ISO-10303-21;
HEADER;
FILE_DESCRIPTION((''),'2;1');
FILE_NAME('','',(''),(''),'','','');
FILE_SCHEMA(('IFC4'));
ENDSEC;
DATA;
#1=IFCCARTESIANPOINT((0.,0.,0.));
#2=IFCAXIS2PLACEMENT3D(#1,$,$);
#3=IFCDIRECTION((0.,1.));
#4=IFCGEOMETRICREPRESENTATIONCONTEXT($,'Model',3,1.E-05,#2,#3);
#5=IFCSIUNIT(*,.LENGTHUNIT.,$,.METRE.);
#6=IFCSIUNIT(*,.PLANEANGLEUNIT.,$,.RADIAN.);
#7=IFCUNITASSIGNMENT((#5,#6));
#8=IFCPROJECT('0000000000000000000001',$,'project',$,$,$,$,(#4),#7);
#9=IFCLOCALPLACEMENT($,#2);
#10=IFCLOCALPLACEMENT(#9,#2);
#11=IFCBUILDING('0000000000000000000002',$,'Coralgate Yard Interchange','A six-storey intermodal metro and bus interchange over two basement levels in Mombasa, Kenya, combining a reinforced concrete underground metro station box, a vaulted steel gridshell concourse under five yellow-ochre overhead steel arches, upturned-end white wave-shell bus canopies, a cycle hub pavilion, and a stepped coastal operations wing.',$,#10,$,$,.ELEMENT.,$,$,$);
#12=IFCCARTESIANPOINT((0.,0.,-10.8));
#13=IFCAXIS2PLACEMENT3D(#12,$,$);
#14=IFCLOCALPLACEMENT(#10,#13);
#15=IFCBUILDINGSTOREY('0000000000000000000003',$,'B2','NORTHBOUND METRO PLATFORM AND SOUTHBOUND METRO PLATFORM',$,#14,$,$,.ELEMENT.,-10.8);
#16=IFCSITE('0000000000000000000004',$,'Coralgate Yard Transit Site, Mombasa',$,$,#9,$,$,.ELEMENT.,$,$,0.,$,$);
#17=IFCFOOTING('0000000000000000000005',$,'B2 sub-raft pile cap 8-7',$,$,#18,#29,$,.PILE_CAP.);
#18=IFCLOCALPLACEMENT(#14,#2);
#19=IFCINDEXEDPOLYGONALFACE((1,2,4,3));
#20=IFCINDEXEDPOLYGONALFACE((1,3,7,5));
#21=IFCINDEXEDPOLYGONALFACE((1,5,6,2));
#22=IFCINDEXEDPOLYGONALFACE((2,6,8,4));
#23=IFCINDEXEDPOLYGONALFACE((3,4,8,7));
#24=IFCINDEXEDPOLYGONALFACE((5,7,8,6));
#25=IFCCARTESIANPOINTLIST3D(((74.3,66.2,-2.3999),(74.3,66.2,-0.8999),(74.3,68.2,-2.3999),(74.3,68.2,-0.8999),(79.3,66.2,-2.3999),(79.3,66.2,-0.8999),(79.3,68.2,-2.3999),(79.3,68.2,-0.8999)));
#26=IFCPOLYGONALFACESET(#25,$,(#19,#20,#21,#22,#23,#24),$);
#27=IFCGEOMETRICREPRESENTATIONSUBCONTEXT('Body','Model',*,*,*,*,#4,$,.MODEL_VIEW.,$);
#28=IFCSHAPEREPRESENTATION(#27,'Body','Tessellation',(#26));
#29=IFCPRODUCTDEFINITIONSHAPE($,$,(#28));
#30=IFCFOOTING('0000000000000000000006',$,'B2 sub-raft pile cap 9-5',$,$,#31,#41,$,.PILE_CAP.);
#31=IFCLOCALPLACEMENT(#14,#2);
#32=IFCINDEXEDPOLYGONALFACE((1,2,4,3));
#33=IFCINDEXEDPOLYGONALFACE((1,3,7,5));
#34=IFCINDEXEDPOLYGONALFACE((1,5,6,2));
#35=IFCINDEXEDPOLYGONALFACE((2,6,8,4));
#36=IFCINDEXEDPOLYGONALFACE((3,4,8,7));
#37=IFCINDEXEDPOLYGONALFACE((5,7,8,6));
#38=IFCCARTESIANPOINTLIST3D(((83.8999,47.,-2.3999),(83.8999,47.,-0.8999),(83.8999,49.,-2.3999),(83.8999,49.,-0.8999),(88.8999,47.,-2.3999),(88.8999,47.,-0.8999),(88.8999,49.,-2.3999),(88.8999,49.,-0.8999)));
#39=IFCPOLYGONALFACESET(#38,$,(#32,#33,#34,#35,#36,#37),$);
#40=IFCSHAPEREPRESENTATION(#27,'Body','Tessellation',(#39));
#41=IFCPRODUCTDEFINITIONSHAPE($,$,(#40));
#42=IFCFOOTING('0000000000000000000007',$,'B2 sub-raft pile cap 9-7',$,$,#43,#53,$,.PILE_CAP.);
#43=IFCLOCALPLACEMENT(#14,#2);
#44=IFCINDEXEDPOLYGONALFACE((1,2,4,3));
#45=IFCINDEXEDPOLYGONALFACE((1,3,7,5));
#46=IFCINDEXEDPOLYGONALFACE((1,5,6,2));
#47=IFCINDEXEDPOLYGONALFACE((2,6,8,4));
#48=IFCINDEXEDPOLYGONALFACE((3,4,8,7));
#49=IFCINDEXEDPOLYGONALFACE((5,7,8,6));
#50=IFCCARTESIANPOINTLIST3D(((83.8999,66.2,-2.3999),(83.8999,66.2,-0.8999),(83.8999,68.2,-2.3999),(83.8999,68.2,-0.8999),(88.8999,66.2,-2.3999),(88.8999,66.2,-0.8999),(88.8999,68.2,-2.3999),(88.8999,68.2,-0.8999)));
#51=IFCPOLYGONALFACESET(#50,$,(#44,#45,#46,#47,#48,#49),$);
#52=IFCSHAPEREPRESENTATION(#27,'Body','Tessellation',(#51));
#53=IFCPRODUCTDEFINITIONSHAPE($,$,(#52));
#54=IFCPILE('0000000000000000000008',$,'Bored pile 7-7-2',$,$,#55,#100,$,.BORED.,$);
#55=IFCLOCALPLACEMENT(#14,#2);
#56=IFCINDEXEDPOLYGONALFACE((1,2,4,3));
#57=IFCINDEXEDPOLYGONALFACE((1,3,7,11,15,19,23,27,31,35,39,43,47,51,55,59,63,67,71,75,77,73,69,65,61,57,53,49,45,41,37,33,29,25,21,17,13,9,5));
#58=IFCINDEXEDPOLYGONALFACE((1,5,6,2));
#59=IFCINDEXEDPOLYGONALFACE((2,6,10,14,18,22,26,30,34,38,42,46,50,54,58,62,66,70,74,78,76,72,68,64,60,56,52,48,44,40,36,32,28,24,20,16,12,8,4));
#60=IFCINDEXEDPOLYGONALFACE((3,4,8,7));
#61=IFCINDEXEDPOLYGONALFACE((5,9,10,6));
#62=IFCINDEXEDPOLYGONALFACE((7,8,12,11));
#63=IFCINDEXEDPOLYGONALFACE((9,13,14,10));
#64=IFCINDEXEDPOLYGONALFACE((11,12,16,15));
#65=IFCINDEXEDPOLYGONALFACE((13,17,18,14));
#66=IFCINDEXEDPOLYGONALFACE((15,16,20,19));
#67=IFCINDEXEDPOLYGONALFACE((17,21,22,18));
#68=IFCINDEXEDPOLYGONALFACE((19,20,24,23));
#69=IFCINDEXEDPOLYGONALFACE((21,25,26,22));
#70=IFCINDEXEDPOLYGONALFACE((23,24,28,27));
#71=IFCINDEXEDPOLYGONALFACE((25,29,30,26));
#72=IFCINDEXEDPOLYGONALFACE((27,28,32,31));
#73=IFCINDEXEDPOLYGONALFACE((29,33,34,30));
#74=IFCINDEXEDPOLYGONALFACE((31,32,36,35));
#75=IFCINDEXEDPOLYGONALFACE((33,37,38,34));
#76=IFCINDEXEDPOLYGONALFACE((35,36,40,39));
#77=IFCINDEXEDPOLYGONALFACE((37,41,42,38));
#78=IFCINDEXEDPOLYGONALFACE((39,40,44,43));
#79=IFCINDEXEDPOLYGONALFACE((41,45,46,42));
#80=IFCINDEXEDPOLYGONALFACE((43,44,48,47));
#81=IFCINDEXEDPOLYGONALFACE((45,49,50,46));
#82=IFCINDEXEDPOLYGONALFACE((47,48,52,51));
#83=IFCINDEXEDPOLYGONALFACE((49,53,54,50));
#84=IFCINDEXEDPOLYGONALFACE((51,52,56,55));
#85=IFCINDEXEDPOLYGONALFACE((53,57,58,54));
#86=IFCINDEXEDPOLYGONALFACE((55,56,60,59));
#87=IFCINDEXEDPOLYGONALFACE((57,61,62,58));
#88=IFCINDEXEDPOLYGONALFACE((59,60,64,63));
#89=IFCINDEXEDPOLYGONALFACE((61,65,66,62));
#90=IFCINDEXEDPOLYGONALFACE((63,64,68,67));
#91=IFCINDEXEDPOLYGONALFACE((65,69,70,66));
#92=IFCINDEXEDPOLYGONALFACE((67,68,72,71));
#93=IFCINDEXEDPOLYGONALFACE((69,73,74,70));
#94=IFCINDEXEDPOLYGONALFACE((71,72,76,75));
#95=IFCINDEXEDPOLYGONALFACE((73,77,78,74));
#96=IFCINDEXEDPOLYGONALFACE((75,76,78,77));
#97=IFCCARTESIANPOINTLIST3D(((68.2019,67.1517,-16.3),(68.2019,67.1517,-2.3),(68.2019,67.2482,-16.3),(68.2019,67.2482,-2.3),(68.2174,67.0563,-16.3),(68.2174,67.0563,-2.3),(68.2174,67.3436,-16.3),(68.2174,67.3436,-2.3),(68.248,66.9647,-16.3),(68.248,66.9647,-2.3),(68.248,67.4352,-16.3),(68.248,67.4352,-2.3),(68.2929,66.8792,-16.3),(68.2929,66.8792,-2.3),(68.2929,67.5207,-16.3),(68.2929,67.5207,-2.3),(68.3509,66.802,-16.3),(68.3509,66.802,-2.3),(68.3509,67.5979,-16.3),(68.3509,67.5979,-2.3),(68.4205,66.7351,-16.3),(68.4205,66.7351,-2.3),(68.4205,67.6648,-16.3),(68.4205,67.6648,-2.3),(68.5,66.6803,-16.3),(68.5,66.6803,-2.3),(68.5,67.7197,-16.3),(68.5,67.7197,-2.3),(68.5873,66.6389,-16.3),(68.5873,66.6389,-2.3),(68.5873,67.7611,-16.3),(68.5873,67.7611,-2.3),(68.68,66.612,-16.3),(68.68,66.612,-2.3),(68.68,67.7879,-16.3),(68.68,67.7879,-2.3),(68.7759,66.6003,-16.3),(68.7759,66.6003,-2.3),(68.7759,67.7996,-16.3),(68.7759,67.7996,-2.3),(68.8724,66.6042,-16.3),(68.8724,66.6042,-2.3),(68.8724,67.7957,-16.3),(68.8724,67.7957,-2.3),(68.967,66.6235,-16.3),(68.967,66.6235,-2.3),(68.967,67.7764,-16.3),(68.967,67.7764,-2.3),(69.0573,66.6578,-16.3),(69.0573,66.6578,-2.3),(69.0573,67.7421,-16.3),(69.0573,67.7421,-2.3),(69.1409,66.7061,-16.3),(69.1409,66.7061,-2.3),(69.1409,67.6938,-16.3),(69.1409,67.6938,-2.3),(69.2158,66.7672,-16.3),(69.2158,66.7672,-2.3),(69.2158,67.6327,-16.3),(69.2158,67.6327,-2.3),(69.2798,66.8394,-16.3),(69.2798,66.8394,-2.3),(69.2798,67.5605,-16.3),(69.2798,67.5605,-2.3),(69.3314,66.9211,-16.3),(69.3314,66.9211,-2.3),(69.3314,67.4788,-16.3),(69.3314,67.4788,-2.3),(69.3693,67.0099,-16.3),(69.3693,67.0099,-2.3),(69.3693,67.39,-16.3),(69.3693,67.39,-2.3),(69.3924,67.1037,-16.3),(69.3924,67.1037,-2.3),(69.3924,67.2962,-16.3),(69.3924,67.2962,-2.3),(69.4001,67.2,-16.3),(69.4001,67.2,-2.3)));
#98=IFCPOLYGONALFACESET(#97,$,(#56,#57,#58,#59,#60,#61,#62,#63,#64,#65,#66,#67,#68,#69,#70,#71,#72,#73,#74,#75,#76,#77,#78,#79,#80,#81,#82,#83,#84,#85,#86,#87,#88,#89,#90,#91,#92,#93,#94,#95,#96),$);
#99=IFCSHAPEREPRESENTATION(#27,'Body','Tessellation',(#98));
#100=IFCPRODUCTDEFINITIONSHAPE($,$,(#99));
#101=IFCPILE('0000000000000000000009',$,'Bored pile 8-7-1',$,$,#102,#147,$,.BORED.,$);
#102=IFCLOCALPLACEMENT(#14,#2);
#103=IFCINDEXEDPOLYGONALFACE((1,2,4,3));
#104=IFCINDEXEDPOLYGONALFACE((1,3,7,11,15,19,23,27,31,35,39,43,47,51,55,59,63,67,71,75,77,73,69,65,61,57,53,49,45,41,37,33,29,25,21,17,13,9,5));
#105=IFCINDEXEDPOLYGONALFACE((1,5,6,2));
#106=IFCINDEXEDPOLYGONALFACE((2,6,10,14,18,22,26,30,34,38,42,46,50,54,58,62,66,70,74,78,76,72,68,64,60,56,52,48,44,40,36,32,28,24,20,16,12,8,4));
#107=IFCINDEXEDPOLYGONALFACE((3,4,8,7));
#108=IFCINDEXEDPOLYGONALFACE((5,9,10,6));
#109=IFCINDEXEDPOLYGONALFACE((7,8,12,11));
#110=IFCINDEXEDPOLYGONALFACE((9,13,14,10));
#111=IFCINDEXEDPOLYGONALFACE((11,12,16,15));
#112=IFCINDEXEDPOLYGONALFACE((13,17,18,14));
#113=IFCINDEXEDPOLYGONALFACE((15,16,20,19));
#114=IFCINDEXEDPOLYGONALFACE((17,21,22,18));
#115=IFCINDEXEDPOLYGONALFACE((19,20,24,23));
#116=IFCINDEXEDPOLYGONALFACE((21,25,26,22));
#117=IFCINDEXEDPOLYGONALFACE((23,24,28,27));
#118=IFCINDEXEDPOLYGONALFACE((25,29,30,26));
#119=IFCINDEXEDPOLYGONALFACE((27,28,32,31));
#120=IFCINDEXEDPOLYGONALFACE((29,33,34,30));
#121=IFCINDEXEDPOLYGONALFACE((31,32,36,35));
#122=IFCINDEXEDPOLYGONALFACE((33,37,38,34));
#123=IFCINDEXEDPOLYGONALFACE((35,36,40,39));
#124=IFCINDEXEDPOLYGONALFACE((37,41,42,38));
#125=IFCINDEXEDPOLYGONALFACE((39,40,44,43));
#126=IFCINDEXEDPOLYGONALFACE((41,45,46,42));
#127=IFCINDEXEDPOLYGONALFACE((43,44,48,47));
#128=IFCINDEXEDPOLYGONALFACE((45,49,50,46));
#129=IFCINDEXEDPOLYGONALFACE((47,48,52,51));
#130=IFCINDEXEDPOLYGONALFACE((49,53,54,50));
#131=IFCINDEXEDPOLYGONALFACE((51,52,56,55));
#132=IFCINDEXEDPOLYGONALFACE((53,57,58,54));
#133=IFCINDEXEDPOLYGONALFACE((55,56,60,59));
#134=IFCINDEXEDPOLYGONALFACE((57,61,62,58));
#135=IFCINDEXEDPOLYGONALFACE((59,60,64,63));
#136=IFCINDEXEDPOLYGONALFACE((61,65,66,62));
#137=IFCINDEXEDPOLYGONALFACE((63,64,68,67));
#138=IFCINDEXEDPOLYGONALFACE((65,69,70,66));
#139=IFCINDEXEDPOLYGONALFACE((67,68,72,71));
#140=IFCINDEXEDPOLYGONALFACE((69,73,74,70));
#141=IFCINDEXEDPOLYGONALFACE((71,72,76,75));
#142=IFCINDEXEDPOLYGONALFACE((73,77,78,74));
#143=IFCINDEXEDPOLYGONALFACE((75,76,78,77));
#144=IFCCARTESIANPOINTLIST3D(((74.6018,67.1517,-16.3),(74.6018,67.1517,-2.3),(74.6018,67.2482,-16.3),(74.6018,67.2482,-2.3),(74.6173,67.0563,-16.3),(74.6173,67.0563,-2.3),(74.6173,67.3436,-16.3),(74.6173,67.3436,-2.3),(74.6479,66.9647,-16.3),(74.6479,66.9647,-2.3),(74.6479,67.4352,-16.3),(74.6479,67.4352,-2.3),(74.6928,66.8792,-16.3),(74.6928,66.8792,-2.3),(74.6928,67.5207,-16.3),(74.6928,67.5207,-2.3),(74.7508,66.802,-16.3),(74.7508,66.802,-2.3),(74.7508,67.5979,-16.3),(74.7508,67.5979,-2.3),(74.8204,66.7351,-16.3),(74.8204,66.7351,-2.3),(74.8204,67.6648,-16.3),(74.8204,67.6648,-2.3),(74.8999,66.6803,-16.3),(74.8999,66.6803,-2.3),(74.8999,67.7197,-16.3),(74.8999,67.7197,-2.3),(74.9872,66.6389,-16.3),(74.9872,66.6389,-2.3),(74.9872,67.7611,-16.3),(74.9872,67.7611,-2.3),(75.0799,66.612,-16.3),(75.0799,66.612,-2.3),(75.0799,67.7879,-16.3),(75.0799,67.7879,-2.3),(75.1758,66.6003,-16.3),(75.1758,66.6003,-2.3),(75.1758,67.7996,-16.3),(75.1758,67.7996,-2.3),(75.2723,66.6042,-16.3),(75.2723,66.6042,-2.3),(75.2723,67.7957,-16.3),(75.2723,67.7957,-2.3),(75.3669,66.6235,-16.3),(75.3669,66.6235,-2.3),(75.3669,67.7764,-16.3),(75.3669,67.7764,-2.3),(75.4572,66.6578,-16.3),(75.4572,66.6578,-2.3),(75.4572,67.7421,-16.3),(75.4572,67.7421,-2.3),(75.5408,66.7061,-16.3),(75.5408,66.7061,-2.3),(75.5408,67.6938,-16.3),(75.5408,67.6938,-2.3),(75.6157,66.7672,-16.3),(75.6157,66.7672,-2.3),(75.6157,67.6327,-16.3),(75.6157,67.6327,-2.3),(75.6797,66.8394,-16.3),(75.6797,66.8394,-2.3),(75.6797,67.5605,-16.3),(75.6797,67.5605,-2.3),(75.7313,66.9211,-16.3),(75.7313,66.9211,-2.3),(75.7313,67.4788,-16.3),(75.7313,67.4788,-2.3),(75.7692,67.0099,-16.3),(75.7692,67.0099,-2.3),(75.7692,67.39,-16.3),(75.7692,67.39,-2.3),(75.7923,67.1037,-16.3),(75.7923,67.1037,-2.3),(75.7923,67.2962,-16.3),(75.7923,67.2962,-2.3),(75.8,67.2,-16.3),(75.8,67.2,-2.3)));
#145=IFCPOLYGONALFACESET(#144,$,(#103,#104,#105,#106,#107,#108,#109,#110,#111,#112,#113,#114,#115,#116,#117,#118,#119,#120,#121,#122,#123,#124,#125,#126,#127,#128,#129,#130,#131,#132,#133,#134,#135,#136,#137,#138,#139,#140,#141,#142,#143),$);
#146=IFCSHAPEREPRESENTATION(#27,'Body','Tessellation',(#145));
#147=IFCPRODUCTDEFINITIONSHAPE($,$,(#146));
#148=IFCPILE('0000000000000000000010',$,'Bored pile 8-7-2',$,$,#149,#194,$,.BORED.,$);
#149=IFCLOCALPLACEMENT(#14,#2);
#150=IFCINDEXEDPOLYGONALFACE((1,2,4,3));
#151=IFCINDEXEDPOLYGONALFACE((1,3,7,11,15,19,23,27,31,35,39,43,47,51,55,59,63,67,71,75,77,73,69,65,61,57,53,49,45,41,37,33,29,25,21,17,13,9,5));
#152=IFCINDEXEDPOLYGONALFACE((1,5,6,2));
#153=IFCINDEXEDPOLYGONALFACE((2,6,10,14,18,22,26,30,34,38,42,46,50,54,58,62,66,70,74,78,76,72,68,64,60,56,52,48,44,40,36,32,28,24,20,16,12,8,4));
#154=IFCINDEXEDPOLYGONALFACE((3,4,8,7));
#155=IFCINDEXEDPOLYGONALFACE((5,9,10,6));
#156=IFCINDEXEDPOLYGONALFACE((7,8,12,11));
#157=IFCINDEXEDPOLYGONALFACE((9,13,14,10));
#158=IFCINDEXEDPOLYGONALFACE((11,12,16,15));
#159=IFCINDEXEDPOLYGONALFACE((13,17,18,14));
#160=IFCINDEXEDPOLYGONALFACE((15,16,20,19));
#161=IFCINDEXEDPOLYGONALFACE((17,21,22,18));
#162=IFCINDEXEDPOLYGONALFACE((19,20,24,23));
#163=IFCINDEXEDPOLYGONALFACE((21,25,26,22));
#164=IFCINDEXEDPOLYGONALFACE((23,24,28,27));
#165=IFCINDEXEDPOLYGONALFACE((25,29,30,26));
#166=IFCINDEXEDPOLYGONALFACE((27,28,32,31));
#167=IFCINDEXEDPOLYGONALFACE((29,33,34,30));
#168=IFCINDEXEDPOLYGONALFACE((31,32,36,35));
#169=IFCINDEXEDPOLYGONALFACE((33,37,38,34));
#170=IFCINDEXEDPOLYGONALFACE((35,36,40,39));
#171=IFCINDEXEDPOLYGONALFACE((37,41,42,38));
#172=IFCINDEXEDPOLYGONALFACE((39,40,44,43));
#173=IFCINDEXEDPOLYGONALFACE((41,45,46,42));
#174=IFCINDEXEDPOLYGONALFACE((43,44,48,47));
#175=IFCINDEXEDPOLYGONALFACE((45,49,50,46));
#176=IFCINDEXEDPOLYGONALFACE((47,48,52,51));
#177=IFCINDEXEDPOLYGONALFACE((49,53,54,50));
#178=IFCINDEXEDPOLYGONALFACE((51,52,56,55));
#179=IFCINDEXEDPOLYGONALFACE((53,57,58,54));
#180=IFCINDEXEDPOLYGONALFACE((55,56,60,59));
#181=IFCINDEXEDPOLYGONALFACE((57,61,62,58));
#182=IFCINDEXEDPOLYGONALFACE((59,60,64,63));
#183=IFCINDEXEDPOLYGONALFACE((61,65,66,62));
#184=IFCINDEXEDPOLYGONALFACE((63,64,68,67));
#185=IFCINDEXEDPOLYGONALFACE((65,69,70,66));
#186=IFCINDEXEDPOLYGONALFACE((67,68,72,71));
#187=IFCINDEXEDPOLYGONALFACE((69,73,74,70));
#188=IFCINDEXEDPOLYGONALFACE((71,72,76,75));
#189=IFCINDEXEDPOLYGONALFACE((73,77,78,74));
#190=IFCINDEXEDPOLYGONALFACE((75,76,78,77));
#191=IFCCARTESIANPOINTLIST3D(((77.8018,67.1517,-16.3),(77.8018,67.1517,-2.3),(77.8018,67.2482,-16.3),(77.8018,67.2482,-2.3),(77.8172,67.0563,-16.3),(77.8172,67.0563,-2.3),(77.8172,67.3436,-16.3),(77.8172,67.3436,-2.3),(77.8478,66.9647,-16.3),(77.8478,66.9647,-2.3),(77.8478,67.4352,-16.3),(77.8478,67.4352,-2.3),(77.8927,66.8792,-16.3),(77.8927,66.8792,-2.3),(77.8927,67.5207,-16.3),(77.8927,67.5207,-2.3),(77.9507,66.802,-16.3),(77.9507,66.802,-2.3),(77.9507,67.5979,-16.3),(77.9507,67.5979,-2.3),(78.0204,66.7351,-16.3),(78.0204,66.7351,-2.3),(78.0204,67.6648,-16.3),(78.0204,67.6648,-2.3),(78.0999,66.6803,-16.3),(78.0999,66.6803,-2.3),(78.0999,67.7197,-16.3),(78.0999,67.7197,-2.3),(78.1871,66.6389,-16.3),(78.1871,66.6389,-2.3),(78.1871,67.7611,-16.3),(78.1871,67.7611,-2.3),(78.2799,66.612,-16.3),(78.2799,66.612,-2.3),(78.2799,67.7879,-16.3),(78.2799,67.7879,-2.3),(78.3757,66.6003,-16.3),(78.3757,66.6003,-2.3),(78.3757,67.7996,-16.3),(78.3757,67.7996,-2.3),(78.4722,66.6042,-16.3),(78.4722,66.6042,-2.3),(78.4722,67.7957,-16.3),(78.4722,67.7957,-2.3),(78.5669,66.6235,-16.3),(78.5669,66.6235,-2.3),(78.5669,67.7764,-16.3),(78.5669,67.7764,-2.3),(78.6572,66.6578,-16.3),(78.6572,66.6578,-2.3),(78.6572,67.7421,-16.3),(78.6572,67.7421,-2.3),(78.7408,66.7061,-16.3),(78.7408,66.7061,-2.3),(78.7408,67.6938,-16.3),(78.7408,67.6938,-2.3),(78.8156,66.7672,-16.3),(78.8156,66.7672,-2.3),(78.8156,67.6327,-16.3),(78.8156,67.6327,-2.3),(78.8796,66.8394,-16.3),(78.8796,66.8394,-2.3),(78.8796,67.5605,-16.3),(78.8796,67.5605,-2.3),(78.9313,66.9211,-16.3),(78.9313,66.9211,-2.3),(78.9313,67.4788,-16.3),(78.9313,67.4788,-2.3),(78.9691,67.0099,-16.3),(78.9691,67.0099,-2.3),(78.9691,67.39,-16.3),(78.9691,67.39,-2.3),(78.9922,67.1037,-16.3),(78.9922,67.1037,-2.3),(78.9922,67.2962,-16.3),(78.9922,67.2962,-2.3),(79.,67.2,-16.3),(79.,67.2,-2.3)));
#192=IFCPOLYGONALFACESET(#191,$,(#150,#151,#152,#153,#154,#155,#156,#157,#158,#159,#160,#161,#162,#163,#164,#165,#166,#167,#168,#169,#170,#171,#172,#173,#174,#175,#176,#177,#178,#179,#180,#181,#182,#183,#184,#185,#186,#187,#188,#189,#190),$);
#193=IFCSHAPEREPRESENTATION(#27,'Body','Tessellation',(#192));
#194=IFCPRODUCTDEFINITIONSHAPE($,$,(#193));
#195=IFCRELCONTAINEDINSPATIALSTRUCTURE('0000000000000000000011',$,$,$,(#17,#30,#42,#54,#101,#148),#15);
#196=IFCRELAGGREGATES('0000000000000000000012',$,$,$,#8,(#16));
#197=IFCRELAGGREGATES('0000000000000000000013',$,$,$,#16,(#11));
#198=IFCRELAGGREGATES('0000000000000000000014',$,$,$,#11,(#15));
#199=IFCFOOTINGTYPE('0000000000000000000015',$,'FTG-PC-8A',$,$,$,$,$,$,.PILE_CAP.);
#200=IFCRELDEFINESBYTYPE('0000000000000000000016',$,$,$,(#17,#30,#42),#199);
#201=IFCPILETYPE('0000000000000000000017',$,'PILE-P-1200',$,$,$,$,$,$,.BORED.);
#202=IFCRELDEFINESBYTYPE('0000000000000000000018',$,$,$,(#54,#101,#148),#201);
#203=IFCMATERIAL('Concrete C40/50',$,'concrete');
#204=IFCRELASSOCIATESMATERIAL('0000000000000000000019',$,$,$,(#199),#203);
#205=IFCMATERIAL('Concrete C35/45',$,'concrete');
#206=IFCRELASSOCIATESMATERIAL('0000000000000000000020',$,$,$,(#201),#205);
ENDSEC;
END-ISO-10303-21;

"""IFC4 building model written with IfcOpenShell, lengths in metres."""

from ifc_helpers import new_model, si_unit, direction, frame, origin, origin_2d, place, context, subcontext, project, spatial, rectangle, circle, extrude, material, material_profile, profile_set, type_object, element, save


model = new_model("IFC4")

# Units and contexts
model_context = context("Model", 3, precision=1e-05, world=origin(), true_north=direction((0.0, 1.0)))
body_context = subcontext(model_context, "Body", "Model", "MODEL_VIEW")
ifc_project = project(units=[si_unit("LENGTHUNIT", "METRE"), si_unit("PLANEANGLEUNIT", "RADIAN")], contexts=[model_context])

# Site, building, storey
site_placement = place(None, origin())
site = spatial("IfcSite", under=ifc_project, at=site_placement, Name="Coralgate Yard Transit Site, Mombasa", CompositionType="ELEMENT", RefElevation=0.0)
building_placement = place(site_placement, origin())
building = spatial("IfcBuilding", under=site, at=building_placement, Name="Coralgate Yard Interchange", Description="A six-storey intermodal metro and bus interchange over two basement levels in Mombasa, Kenya, combining a reinforced concrete underground metro station box, a vaulted steel gridshell concourse under five yellow-ochre overhead steel arches, upturned-end white wave-shell bus canopies, a cycle hub pavilion, and a stepped coastal operations wing.", CompositionType="ELEMENT")
storey_placement = place(building_placement, frame((0.0, 0.0, -10.8)))
storey = spatial("IfcBuildingStorey", under=building, at=storey_placement, Name="B2", Description="NORTHBOUND METRO PLATFORM AND SOUTHBOUND METRO PLATFORM", CompositionType="ELEMENT", Elevation=-10.8)

# Footings
ifc_material_1 = material(Name="Concrete C40/50", Category="concrete")
footing_type = type_object("IfcFootingType", Name="FTG-PC-8A", PredefinedType="PILE_CAP", material=ifc_material_1)
for number, where, z_axis, x_axis, name in (
    (1, (76.8, 67.2, -2.3999), (0.0, 0.0, 1.0), (1.0, 0.0, 0.0), "B2 sub-raft pile cap 8-7"),
    (2, (86.3999, 48.0, -2.3999), (0.0, 0.0, 1.0), (1.0, 0.0, 0.0), "B2 sub-raft pile cap 9-5"),
    (3, (86.3999, 67.2, -2.3999), (0.0, 0.0, 1.0), (1.0, 0.0, 0.0), "B2 sub-raft pile cap 9-7"),
):
    element("IfcFooting", number, at=place(storey_placement, frame(where, z_axis=z_axis, x_axis=x_axis)), inside=storey, type_object=footing_type, Name=name, PredefinedType="PILE_CAP", context=body_context, shape_type="SweptSolid", body=[
        extrude(rectangle(XDim=5.0, YDim=2.0, at=origin_2d()), origin(), (0.0, 0.0, 1.0), 1.5),
    ])

# Piles
ifc_material_2 = material(Name="Concrete C35/45", Category="concrete")
ifc_material_profile_1 = material_profile(ifc_material_2, circle(Radius=0.6001, at=origin_2d()), Name="BORED PILE D1200")
ifc_profile_set_1 = profile_set([ifc_material_profile_1], Name="Concrete C35/45")
pile_type = type_object("IfcPileType", Name="PILE-P-1200", PredefinedType="BORED", material=ifc_profile_set_1)
for number, where, z_axis, x_axis, name in (
    (4, (68.8, 67.2, -2.3), (0.0, 0.0, -1.0), (1.0, 0.0, 0.0), "Bored pile 7-7-2"),
    (5, (75.2, 67.2, -2.3), (0.0, 0.0, -1.0), (1.0, 0.0, 0.0), "Bored pile 8-7-1"),
    (6, (78.3999, 67.2, -2.3), (0.0, 0.0, -1.0), (1.0, 0.0, 0.0), "Bored pile 8-7-2"),
):
    element("IfcPile", number, at=place(storey_placement, frame(where, z_axis=z_axis, x_axis=x_axis)), inside=storey, type_object=pile_type, Name=name, PredefinedType="BORED", context=body_context, shape_type="SweptSolid", body=[
        extrude(circle(Radius=0.6001, at=origin_2d()), origin(), (0.0, 0.0, 1.0), 14.0),
    ])

save(model, "model.ifc")
